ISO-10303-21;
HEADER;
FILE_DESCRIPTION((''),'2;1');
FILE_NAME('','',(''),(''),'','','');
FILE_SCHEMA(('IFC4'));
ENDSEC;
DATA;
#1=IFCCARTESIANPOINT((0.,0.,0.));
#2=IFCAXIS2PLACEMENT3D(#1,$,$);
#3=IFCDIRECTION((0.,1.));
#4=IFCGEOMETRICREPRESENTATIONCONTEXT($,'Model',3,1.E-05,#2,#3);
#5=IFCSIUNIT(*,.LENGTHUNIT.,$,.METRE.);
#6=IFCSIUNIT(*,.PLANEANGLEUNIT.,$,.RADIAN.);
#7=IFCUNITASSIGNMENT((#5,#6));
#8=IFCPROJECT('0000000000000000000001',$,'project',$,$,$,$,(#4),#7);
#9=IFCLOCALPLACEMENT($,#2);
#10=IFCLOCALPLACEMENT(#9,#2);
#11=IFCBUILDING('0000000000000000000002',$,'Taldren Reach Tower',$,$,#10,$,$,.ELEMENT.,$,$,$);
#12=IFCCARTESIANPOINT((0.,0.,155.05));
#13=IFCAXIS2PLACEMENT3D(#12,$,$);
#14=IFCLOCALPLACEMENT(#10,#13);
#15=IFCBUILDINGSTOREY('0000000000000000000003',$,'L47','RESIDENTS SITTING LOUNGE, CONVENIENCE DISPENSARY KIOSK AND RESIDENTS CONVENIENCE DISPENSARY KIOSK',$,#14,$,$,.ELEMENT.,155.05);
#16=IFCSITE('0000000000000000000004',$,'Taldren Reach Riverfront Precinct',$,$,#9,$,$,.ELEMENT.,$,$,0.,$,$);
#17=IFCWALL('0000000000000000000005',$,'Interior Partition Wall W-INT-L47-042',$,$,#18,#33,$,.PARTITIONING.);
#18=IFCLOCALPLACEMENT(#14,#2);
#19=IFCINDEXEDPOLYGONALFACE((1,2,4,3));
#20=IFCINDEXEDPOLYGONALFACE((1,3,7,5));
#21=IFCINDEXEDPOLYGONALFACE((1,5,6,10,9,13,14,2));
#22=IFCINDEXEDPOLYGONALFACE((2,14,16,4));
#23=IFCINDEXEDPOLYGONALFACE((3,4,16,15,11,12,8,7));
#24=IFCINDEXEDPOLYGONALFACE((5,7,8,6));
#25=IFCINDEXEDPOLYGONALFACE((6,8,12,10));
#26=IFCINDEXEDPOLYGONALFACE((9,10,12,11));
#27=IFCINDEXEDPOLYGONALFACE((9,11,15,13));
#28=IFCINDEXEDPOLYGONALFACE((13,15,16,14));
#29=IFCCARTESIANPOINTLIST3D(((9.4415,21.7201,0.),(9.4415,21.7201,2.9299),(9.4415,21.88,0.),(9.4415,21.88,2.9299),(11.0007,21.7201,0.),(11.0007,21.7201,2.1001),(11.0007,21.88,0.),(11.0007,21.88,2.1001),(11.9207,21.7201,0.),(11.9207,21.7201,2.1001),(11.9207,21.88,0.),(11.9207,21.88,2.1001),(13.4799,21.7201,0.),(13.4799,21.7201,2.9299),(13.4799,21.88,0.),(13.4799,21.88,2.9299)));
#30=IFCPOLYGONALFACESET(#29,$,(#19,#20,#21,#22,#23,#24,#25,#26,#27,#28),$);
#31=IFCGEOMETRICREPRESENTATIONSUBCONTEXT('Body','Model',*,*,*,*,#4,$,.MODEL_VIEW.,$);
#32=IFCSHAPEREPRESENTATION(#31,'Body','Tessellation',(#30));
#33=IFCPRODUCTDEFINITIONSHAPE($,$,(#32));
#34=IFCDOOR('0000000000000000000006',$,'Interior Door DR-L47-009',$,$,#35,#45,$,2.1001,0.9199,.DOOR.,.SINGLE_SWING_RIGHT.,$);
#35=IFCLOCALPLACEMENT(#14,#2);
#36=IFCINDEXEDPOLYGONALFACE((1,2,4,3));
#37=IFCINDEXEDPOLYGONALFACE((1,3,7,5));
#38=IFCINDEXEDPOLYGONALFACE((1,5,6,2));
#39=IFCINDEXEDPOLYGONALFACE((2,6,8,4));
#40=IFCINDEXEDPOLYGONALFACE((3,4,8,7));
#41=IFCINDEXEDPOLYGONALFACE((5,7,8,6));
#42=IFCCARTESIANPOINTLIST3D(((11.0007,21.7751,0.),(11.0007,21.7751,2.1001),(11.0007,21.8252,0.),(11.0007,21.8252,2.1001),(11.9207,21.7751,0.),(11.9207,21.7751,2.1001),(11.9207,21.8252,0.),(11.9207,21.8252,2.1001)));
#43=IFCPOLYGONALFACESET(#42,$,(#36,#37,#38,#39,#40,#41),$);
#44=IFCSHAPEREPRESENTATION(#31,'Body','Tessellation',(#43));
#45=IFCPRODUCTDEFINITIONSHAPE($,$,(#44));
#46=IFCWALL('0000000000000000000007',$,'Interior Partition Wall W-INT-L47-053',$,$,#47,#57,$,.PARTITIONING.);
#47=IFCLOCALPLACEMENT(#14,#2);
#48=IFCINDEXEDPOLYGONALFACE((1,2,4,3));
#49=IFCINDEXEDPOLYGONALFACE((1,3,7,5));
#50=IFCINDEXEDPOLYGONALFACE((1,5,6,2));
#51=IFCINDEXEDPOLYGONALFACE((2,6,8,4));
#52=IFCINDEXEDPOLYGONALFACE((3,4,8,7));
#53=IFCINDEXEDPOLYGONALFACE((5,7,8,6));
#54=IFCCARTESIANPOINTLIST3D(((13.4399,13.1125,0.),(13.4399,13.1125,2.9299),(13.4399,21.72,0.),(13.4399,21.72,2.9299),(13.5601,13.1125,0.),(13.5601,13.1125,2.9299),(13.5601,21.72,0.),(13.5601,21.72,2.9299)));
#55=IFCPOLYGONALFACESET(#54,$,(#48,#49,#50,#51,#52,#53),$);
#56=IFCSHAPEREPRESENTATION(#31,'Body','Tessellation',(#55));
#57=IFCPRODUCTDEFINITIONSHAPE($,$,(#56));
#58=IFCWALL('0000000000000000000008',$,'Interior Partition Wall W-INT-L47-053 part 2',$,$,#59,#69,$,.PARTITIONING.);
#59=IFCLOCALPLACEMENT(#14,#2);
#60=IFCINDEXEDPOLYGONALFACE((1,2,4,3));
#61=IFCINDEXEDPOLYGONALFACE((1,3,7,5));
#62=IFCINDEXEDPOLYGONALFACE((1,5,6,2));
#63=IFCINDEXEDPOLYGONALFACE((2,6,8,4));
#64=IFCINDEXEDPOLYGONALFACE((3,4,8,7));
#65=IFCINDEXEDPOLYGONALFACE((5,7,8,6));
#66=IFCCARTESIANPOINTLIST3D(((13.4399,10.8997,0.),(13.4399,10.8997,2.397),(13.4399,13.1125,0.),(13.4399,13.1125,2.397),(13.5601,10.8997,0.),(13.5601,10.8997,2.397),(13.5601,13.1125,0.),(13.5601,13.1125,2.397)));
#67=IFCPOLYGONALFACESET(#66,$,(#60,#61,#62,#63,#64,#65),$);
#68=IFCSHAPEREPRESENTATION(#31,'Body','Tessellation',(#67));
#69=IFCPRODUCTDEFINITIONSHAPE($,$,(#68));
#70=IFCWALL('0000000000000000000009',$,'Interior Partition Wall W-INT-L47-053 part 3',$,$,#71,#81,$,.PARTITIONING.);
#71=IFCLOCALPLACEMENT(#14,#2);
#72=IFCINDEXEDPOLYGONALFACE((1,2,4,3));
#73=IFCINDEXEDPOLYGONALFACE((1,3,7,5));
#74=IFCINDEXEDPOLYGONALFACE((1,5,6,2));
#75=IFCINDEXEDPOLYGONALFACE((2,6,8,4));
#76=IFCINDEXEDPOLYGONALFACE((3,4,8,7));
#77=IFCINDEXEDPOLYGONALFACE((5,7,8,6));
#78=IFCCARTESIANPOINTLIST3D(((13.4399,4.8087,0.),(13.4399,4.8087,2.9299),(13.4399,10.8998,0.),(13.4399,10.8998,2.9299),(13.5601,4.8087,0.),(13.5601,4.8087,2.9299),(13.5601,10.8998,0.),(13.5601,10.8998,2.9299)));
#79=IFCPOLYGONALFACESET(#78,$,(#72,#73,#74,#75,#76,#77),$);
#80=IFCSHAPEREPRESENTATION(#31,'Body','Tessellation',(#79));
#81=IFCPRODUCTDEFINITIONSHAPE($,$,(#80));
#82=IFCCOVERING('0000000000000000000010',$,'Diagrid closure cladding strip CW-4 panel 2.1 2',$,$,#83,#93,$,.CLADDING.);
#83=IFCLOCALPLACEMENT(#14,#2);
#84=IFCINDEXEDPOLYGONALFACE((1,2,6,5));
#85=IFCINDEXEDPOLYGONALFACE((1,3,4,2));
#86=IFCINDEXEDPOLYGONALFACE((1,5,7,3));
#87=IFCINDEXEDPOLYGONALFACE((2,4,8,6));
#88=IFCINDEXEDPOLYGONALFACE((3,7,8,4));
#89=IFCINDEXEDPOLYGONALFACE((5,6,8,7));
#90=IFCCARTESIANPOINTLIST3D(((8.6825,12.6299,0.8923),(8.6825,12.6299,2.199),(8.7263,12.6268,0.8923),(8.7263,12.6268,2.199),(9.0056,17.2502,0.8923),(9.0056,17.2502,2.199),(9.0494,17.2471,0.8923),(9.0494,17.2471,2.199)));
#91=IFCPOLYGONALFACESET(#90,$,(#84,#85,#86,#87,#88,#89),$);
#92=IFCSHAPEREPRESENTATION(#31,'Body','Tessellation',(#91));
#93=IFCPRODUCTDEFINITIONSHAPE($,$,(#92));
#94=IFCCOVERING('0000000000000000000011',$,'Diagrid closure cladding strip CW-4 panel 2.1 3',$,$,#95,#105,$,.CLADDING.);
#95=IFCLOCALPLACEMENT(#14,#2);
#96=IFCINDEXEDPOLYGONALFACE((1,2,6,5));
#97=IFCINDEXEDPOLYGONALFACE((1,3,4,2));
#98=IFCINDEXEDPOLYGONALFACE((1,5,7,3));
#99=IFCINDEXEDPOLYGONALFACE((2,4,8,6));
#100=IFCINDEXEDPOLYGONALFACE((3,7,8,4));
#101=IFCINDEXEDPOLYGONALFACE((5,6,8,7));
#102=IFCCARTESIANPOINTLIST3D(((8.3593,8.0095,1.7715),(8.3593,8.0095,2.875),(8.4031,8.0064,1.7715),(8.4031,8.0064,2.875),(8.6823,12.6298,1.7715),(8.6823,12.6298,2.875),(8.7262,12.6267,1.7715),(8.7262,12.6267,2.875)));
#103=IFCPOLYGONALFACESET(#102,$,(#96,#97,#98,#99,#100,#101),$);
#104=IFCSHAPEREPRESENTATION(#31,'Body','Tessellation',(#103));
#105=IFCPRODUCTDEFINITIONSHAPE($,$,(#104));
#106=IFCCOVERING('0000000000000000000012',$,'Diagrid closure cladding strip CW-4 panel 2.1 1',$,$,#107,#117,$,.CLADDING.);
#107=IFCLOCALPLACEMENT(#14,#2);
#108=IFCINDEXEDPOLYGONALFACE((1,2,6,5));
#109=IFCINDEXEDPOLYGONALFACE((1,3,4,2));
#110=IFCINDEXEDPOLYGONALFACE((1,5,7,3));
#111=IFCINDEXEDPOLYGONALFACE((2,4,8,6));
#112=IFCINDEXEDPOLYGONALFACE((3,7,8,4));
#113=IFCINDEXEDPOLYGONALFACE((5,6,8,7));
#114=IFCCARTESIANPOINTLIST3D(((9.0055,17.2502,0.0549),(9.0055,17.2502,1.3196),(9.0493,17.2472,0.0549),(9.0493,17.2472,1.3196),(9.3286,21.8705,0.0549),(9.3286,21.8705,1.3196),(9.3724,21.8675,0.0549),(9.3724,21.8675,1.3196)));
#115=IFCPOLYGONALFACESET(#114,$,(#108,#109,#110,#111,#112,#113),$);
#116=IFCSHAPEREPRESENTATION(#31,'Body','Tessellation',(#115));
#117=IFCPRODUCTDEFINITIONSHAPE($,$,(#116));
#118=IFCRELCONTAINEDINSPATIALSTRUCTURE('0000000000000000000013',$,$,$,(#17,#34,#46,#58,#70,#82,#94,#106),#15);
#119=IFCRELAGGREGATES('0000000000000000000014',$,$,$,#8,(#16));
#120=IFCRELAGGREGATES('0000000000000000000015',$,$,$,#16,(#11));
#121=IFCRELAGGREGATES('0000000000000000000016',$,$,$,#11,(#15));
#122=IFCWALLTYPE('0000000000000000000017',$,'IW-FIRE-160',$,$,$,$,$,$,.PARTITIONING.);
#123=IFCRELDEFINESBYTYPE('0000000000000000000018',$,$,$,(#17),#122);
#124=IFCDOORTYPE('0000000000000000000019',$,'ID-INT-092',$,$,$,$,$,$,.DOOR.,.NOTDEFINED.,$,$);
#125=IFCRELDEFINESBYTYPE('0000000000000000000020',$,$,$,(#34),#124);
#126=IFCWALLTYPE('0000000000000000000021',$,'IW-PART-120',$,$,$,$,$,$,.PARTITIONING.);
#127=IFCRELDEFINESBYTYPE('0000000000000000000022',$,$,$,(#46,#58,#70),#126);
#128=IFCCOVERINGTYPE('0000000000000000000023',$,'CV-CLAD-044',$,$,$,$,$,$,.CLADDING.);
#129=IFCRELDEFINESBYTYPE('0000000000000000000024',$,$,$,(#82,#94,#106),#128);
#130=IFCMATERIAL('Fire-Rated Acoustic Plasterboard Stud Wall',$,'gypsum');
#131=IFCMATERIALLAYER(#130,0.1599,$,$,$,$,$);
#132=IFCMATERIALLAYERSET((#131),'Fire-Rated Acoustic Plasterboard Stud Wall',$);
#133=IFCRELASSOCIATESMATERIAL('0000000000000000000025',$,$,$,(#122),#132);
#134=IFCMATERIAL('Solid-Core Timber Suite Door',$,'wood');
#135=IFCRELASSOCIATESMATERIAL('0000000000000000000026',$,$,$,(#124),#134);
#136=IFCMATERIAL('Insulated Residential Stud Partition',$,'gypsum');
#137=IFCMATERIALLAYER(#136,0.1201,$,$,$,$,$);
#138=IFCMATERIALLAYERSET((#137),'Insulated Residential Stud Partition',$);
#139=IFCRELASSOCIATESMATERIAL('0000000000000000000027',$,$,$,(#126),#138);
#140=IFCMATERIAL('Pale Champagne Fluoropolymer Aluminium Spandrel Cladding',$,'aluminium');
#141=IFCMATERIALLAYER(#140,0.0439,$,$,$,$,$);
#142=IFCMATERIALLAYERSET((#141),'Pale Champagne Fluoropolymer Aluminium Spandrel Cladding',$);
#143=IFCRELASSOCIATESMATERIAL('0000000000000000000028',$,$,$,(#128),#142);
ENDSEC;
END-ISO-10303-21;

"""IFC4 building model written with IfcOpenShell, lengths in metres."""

from ifc_helpers import new_model, si_unit, direction, frame, frame_2d, origin, origin_2d, place, context, subcontext, project, spatial, rectangle, extrude, source, transform, mapped, material, layer, layer_set, type_object, element, fill, save


model = new_model("IFC4")

# Units and contexts
model_context = context("Model", 3, precision=1e-05, world=origin(), true_north=direction((0.0, 1.0)))
body_context = subcontext(model_context, "Body", "Model", "MODEL_VIEW")
ifc_project = project(units=[si_unit("LENGTHUNIT", "METRE"), si_unit("PLANEANGLEUNIT", "RADIAN")], contexts=[model_context])

# Site, building, storey
site_placement = place(None, origin())
site = spatial("IfcSite", under=ifc_project, at=site_placement, Name="Taldren Reach Riverfront Precinct", CompositionType="ELEMENT", RefElevation=0.0)
building_placement = place(site_placement, origin())
building = spatial("IfcBuilding", under=site, at=building_placement, Name="Taldren Reach Tower", CompositionType="ELEMENT")
storey_placement = place(building_placement, frame((0.0, 0.0, 155.05)))
storey = spatial("IfcBuildingStorey", under=building, at=storey_placement, Name="L47", Description="RESIDENTS SITTING LOUNGE, CONVENIENCE DISPENSARY KIOSK AND RESIDENTS CONVENIENCE DISPENSARY KIOSK", CompositionType="ELEMENT", Elevation=155.05)

# Shared definitions
ifc_material_1 = material(Name="Fire-Rated Acoustic Plasterboard Stud Wall", Category="gypsum")
ifc_layer_1 = layer(ifc_material_1, 0.1599)
ifc_layer_set_1 = layer_set([ifc_layer_1], Name="Fire-Rated Acoustic Plasterboard Stud Wall")
wall_type_1 = type_object("IfcWallType", Name="IW-FIRE-160", PredefinedType="PARTITIONING", material=ifc_layer_set_1)

# Wall, opening, door
shared_shape_1 = source(origin(), body_context, "Body", "SweptSolid", [
    extrude(rectangle(XDim=4.0383, YDim=0.1599, at=frame_2d((2.019, 0.0))), origin(), (0.0, 0.0, 1.0), 2.9299),
])
wall_1_placement = place(storey_placement, frame((13.4797, 21.8, 0.0), z_axis=(0.0, 0.0, 1.0), x_axis=(-1.0, 0.0, 0.0)))
wall_1 = element("IfcWall", 1, at=wall_1_placement, inside=storey, type_object=wall_type_1, Name="Interior Partition Wall W-INT-L47-042", PredefinedType="PARTITIONING", context=body_context, shape_type="MappedRepresentation", body=[
    mapped(shared_shape_1, transform((0.0, 0.0, 0.0), scale=1.0)),
])
shared_shape_2 = source(origin(), body_context, "Body", "SweptSolid", [
    extrude(rectangle(XDim=0.9199, YDim=2.1001, at=frame_2d((0.46, 1.05))), frame((0.0, 0.0898, 0.0), z_axis=(0.0, -1.0, 0.0), x_axis=(1.0, 0.0, 0.0)), (0.0, 0.0, 1.0), 0.1799),
])
opening_placement = place(wall_1_placement, frame((1.5591, 0.0, 0.0)))
opening = element("IfcOpeningElement", 2, at=opening_placement, cuts=wall_1, PredefinedType="OPENING", context=body_context, shape_type="MappedRepresentation", body=[
    mapped(shared_shape_2, transform((0.0, 0.0, 0.0), scale=1.0)),
])
ifc_material_2 = material(Name="Solid-Core Timber Suite Door", Category="wood")
door_type = type_object("IfcDoorType", Name="ID-INT-092", OperationType="NOTDEFINED", PredefinedType="DOOR", material=ifc_material_2)
shared_shape_3 = source(origin(), body_context, "Body", "SweptSolid", [
    extrude(rectangle(XDim=0.9199, YDim=2.1001, at=frame_2d((0.46, 1.05))), frame((0.0, 0.0249, 0.0), z_axis=(0.0, -1.0, 0.0), x_axis=(1.0, 0.0, 0.0)), (0.0, 0.0, 1.0), 0.05),
])
door_placement = place(opening_placement, origin())
door = element("IfcDoor", 3, at=door_placement, inside=storey, type_object=door_type, Name="Interior Door DR-L47-009", OperationType="SINGLE_SWING_RIGHT", OverallHeight=2.1001, OverallWidth=0.9199, PredefinedType="DOOR", context=body_context, shape_type="MappedRepresentation", body=[
    mapped(shared_shape_3, transform((0.0, 0.0, 0.0), scale=1.0)),
])
fill(opening, door)

# Walls
ifc_material_3 = material(Name="Insulated Residential Stud Partition", Category="gypsum")
ifc_layer_2 = layer(ifc_material_3, 0.1201)
ifc_layer_set_2 = layer_set([ifc_layer_2], Name="Insulated Residential Stud Partition")
wall_type_2 = type_object("IfcWallType", Name="IW-PART-120", PredefinedType="PARTITIONING", material=ifc_layer_set_2)
shared_shape_4 = source(origin(), body_context, "Body", "SweptSolid", [
    extrude(rectangle(XDim=8.6074, YDim=0.1201, at=frame_2d((4.3037, 0.0))), origin(), (0.0, 0.0, 1.0), 2.9299),
])
wall_2_placement = place(storey_placement, frame((13.5, 21.72, 0.0), z_axis=(0.0, 0.0, 1.0), x_axis=(0.0, -1.0, 0.0)))
element("IfcWall", 4, at=wall_2_placement, inside=storey, type_object=wall_type_2, Name="Interior Partition Wall W-INT-L47-053", PredefinedType="PARTITIONING", context=body_context, shape_type="MappedRepresentation", body=[
    mapped(shared_shape_4, transform((0.0, 0.0, 0.0), scale=1.0)),
])
shared_shape_5 = source(origin(), body_context, "Body", "SweptSolid", [
    extrude(rectangle(XDim=2.2129, YDim=0.1201, at=frame_2d((1.1064, 0.0))), origin(), (0.0, 0.0, 1.0), 2.397),
])
wall_3_placement = place(storey_placement, frame((13.5, 13.1125, 0.0), z_axis=(0.0, 0.0, 1.0), x_axis=(0.0, -1.0, 0.0)))
element("IfcWall", 5, at=wall_3_placement, inside=storey, type_object=wall_type_2, Name="Interior Partition Wall W-INT-L47-053 part 2", PredefinedType="PARTITIONING", context=body_context, shape_type="MappedRepresentation", body=[
    mapped(shared_shape_5, transform((0.0, 0.0, 0.0), scale=1.0)),
])
shared_shape_6 = source(origin(), body_context, "Body", "SweptSolid", [
    extrude(rectangle(XDim=6.0911, YDim=0.1201, at=frame_2d((3.0454, 0.0))), origin(), (0.0, 0.0, 1.0), 2.9299),
])
wall_4_placement = place(storey_placement, frame((13.5, 10.8997, 0.0), z_axis=(0.0, 0.0, 1.0), x_axis=(0.0, -1.0, 0.0)))
element("IfcWall", 6, at=wall_4_placement, inside=storey, type_object=wall_type_2, Name="Interior Partition Wall W-INT-L47-053 part 3", PredefinedType="PARTITIONING", context=body_context, shape_type="MappedRepresentation", body=[
    mapped(shared_shape_6, transform((0.0, 0.0, 0.0), scale=1.0)),
])

# Coverings
ifc_material_4 = material(Name="Pale Champagne Fluoropolymer Aluminium Spandrel Cladding", Category="aluminium")
ifc_layer_3 = layer(ifc_material_4, 0.0439)
ifc_layer_set_3 = layer_set([ifc_layer_3], Name="Pale Champagne Fluoropolymer Aluminium Spandrel Cladding")
covering_type = type_object("IfcCoveringType", Name="CV-CLAD-044", PredefinedType="CLADDING", material=ifc_layer_set_3)
shared_shape_7 = source(origin(), body_context, "Body", "SweptSolid", [
    extrude(rectangle(XDim=4.6316, YDim=0.0439, at=origin_2d()), origin(), (0.0, 0.0, 1.0), 1.3066),
])
covering_1_placement = place(storey_placement, frame((8.866, 14.9385, 0.8923), z_axis=(0.0, 0.0, 1.0), x_axis=(-0.069756, -0.997564, 0.0)))
element("IfcCovering", 7, at=covering_1_placement, inside=storey, type_object=covering_type, Name="Diagrid closure cladding strip CW-4 panel 2.1 2", PredefinedType="CLADDING", context=body_context, shape_type="MappedRepresentation", body=[
    mapped(shared_shape_7, transform((0.0, 0.0, 0.0), scale=1.0)),
])
shared_shape_8 = source(origin(), body_context, "Body", "SweptSolid", [
    extrude(rectangle(XDim=4.6316, YDim=0.0439, at=origin_2d()), origin(), (0.0, 0.0, 1.0), 1.1035),
])
covering_2_placement = place(storey_placement, frame((8.5427, 10.3181, 1.7715), z_axis=(0.0, 0.0, 1.0), x_axis=(-0.069756, -0.997564, 0.0)))
element("IfcCovering", 8, at=covering_2_placement, inside=storey, type_object=covering_type, Name="Diagrid closure cladding strip CW-4 panel 2.1 3", PredefinedType="CLADDING", context=body_context, shape_type="MappedRepresentation", body=[
    mapped(shared_shape_8, transform((0.0, 0.0, 0.0), scale=1.0)),
])
shared_shape_9 = source(origin(), body_context, "Body", "SweptSolid", [
    extrude(rectangle(XDim=4.6316, YDim=0.0439, at=origin_2d()), origin(), (0.0, 0.0, 1.0), 1.2646),
])
covering_3_placement = place(storey_placement, frame((9.189, 19.5588, 0.0549), z_axis=(0.0, 0.0, 1.0), x_axis=(-0.069756, -0.997564, 0.0)))
element("IfcCovering", 9, at=covering_3_placement, inside=storey, type_object=covering_type, Name="Diagrid closure cladding strip CW-4 panel 2.1 1", PredefinedType="CLADDING", context=body_context, shape_type="MappedRepresentation", body=[
    mapped(shared_shape_9, transform((0.0, 0.0, 0.0), scale=1.0)),
])

save(model, "model.ifc")
